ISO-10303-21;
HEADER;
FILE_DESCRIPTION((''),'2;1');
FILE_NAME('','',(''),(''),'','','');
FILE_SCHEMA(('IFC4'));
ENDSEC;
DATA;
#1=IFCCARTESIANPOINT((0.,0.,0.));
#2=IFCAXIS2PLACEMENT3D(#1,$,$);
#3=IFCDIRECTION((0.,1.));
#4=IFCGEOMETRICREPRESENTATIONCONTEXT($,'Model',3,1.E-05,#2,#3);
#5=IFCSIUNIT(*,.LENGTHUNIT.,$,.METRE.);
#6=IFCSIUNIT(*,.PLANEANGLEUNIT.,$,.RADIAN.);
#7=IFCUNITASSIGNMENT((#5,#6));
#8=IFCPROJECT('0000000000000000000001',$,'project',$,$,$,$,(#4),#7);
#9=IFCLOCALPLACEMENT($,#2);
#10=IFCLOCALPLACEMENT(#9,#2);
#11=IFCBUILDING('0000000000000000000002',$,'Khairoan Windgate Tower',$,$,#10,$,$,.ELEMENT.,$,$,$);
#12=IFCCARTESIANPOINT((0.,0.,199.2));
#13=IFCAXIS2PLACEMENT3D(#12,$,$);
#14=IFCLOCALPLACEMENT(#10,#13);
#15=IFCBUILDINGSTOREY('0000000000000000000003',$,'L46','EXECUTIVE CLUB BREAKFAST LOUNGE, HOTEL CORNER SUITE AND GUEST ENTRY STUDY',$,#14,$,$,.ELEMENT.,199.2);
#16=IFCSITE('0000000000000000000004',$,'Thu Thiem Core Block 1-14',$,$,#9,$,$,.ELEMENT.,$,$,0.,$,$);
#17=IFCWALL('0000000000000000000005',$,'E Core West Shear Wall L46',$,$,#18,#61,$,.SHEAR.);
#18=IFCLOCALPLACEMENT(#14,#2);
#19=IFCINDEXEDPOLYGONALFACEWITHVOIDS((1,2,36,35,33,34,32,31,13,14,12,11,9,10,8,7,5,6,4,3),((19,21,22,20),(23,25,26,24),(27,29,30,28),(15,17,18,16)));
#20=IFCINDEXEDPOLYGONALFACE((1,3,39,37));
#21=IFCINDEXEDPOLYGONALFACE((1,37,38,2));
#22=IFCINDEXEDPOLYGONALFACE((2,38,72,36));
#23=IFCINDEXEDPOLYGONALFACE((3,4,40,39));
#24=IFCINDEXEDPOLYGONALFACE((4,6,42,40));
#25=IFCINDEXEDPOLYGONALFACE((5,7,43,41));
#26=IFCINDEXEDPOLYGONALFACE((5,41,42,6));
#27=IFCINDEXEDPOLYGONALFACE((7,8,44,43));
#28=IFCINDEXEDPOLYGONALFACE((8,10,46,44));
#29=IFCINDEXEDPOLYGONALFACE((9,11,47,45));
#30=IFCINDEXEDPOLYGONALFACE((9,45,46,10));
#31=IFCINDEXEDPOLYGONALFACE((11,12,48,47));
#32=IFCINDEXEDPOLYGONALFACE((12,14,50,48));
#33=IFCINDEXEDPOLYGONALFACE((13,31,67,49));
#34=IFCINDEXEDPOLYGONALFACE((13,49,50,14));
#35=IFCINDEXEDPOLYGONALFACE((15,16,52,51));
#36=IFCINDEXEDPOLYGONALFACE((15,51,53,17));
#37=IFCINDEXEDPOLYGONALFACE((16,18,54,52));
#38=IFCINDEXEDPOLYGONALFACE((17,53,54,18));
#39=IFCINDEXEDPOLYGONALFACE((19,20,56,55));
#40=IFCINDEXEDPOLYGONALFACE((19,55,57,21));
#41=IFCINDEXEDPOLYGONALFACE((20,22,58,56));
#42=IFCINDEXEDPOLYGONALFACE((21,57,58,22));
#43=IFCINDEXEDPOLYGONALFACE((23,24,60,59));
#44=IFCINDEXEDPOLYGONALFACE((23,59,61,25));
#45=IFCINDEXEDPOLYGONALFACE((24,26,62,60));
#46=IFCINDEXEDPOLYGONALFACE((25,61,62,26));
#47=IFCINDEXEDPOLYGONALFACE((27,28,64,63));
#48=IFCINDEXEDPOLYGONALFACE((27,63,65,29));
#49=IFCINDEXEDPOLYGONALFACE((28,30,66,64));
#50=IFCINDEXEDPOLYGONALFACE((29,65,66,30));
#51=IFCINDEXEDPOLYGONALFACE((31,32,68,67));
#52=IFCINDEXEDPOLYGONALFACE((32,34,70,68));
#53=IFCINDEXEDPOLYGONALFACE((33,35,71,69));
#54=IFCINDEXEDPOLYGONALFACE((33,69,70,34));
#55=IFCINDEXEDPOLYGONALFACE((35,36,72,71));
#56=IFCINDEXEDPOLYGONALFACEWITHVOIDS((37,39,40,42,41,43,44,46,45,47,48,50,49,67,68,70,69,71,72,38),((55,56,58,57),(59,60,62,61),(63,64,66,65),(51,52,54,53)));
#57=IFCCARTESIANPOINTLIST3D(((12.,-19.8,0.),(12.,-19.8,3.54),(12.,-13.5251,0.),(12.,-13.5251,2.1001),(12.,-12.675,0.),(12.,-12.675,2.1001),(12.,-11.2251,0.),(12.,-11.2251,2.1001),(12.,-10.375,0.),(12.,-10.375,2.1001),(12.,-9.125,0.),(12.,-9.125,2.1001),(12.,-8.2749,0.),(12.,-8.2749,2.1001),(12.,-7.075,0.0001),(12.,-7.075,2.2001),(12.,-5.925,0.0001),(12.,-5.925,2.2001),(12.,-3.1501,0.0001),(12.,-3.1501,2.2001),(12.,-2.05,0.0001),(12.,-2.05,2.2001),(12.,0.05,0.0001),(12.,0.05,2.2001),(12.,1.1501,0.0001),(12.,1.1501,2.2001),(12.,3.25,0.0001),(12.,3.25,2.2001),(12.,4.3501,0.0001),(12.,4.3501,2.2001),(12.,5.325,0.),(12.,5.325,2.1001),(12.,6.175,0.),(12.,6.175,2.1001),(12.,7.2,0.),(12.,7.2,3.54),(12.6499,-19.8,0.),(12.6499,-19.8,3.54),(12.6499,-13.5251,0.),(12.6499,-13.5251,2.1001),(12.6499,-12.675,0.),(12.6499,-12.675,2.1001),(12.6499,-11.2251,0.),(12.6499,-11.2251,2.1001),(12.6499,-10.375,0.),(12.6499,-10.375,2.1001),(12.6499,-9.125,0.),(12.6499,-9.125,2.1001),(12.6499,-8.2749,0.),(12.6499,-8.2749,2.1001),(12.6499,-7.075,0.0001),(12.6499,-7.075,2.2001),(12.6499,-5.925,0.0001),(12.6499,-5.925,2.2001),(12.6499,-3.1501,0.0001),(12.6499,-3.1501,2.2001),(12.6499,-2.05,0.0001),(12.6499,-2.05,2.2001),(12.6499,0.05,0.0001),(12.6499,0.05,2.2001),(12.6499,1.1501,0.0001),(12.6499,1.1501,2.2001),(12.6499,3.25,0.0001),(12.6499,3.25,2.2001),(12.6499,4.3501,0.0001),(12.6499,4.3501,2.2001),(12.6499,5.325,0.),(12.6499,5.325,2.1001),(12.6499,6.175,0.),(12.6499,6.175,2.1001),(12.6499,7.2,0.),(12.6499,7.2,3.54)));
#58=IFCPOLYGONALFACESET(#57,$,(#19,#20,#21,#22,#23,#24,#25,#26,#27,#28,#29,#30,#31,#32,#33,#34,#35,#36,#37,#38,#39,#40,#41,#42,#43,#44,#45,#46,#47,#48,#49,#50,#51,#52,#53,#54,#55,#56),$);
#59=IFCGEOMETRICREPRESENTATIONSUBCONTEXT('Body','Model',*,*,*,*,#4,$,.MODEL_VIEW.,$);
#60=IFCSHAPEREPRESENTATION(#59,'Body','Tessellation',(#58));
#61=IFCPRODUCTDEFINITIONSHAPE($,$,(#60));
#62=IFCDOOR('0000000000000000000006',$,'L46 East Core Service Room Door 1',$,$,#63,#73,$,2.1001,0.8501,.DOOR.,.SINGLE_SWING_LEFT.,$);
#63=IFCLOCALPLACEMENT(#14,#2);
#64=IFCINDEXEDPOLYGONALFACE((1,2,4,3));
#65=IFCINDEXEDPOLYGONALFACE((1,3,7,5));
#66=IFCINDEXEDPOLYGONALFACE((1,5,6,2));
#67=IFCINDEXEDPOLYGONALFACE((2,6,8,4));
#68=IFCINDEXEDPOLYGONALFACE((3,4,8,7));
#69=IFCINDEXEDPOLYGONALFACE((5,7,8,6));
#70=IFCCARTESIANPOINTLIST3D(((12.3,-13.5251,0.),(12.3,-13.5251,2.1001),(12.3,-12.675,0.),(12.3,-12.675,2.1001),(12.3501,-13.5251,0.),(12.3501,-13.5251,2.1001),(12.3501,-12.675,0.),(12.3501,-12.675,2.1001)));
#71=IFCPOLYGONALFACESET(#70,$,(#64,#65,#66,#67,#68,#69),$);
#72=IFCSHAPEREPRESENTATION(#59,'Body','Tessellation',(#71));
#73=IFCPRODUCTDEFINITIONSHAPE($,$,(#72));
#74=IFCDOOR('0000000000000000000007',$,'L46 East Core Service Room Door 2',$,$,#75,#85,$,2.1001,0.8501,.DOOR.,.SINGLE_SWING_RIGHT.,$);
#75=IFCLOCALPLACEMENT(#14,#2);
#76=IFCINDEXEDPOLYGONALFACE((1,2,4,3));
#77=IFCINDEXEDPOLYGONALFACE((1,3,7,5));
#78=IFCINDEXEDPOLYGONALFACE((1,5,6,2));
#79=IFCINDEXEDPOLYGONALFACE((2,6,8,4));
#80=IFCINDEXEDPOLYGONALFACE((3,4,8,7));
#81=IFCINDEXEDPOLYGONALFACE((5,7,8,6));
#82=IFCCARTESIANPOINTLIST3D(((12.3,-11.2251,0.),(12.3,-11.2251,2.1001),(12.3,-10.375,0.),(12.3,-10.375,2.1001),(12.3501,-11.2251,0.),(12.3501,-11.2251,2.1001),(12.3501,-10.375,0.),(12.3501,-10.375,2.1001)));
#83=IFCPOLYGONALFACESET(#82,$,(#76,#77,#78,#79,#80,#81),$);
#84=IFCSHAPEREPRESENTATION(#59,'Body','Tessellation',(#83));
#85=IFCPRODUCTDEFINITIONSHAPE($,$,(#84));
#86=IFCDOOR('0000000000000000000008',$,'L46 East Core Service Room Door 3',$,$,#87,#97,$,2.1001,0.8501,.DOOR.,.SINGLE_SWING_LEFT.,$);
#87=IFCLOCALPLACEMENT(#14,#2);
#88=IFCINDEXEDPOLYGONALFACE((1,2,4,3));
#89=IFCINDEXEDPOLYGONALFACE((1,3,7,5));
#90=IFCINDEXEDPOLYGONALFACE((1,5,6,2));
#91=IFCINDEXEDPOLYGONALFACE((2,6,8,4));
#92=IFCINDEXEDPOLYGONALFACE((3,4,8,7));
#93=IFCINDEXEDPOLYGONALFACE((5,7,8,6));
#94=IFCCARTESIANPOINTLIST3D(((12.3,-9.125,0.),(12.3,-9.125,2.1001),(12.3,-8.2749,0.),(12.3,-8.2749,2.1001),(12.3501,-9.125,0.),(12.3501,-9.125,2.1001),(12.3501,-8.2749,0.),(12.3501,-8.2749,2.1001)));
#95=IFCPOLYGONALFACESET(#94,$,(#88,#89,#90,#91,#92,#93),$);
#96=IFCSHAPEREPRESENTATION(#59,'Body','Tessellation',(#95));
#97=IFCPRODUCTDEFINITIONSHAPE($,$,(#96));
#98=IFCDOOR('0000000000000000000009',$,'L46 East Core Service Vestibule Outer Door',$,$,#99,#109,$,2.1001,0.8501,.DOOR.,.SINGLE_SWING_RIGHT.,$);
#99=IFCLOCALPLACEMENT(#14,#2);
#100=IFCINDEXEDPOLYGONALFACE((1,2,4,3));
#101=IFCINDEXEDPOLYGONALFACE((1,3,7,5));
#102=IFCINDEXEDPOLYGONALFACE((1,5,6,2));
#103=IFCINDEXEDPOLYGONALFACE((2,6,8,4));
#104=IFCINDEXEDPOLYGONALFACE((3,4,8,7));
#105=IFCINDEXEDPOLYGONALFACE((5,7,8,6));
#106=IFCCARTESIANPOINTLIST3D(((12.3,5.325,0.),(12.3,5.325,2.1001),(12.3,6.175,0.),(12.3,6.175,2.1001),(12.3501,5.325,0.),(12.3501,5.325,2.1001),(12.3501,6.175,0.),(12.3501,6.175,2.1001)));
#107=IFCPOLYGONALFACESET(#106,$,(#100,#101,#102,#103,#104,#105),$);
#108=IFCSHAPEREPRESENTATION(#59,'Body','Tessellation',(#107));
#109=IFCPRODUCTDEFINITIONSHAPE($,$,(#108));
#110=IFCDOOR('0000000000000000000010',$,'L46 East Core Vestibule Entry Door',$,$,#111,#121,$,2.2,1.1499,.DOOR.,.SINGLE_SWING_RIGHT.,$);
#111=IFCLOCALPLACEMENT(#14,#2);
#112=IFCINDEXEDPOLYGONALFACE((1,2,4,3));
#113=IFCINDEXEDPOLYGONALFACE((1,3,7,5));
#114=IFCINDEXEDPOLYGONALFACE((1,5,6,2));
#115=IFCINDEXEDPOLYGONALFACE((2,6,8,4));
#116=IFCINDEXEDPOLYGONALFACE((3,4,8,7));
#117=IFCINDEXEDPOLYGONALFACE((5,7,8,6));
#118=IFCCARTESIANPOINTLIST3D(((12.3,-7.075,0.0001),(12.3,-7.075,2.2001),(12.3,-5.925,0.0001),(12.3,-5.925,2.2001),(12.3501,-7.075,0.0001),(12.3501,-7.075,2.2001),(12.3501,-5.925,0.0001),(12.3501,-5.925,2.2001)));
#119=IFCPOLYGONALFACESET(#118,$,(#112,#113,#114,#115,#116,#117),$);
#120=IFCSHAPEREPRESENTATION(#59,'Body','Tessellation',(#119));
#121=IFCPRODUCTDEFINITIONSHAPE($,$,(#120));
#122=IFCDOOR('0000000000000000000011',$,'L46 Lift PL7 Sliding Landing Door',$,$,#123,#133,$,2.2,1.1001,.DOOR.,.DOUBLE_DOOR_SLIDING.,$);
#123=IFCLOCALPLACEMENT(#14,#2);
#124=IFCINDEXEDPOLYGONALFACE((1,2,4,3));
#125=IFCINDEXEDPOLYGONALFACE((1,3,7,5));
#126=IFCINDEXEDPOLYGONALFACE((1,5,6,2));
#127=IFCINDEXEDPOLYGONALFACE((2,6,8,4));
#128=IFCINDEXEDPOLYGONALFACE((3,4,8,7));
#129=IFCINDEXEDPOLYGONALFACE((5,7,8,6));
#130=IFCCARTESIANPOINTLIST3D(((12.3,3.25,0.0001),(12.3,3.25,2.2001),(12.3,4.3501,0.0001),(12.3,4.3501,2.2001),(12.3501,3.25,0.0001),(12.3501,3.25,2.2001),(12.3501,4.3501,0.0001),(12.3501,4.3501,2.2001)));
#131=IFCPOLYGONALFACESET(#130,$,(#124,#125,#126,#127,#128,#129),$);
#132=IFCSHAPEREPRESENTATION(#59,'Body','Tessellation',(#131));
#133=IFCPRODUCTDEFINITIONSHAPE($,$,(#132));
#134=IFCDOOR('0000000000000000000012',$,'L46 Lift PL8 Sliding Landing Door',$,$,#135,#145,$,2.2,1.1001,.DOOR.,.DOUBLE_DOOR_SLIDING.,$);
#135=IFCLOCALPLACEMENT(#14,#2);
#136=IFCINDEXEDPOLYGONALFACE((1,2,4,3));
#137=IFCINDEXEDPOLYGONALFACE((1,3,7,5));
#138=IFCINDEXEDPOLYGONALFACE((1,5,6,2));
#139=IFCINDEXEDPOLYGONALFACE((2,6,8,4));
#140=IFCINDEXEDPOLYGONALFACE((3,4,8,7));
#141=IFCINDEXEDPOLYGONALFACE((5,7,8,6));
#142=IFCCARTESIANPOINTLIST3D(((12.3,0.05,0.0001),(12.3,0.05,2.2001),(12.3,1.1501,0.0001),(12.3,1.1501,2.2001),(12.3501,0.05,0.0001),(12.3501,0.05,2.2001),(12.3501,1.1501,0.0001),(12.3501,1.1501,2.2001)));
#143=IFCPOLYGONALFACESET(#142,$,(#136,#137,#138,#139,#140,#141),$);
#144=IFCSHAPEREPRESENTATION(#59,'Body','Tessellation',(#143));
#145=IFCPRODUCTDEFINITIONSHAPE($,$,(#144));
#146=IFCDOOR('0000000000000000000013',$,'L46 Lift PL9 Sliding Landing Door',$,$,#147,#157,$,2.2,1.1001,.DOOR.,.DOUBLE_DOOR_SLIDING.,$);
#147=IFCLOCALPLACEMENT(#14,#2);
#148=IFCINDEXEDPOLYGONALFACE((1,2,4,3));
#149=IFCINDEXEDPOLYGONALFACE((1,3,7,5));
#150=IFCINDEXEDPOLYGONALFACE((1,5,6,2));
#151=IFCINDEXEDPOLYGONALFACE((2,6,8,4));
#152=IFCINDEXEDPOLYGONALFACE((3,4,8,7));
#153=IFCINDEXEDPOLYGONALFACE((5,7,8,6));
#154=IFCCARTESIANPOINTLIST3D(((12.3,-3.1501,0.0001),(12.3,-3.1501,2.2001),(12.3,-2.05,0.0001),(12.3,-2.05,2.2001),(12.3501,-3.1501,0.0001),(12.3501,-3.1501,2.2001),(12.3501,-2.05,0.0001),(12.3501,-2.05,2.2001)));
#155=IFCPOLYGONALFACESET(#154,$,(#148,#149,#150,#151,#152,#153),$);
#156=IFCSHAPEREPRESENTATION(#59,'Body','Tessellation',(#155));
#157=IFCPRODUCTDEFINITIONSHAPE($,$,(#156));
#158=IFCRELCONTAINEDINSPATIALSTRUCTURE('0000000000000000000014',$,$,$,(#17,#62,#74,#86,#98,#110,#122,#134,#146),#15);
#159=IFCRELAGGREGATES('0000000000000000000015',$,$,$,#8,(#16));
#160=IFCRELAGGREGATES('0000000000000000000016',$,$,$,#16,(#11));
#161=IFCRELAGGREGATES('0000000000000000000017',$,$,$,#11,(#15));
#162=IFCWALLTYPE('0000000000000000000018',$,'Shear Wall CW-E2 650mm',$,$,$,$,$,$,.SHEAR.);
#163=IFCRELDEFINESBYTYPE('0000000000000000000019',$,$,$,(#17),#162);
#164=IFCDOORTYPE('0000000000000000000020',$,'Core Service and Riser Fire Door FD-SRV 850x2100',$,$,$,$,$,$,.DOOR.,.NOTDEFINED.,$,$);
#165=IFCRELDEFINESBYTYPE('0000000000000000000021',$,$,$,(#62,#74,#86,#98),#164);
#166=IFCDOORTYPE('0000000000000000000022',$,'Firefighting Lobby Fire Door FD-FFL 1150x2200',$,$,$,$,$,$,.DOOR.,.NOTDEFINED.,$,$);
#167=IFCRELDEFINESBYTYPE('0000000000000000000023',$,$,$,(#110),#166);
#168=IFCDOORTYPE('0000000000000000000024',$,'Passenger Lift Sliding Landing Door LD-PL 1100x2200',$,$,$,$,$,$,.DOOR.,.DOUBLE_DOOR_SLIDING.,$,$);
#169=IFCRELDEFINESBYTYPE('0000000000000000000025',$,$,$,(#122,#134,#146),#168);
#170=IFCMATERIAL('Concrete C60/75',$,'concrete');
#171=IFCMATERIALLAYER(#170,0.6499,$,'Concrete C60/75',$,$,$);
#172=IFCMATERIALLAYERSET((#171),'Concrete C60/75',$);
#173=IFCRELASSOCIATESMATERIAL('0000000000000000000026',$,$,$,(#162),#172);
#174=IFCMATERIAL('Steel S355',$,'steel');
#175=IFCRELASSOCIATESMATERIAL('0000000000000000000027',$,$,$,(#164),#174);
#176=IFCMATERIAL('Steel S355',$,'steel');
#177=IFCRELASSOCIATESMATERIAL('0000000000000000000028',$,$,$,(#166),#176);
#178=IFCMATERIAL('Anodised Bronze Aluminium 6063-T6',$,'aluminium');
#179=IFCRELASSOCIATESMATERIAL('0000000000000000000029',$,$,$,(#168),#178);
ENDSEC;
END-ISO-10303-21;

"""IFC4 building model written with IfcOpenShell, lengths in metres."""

from ifc_helpers import new_model, si_unit, direction, frame, frame_2d, origin, place, context, subcontext, project, spatial, rectangle, extrude, material, layer, layer_set, type_object, element, fill, save


model = new_model("IFC4")

# Units and contexts
model_context = context("Model", 3, precision=1e-05, world=origin(), true_north=direction((0.0, 1.0)))
body_context = subcontext(model_context, "Body", "Model", "MODEL_VIEW")
ifc_project = project(units=[si_unit("LENGTHUNIT", "METRE"), si_unit("PLANEANGLEUNIT", "RADIAN")], contexts=[model_context])

# Site, building, storey
site_placement = place(None, origin())
site = spatial("IfcSite", under=ifc_project, at=site_placement, Name="Thu Thiem Core Block 1-14", CompositionType="ELEMENT", RefElevation=0.0)
building_placement = place(site_placement, origin())
building = spatial("IfcBuilding", under=site, at=building_placement, Name="Khairoan Windgate Tower", CompositionType="ELEMENT")
storey_placement = place(building_placement, frame((0.0, 0.0, 199.2)))
storey = spatial("IfcBuildingStorey", under=building, at=storey_placement, Name="L46", Description="EXECUTIVE CLUB BREAKFAST LOUNGE, HOTEL CORNER SUITE AND GUEST ENTRY STUDY", CompositionType="ELEMENT", Elevation=199.2)

# Wall, openings, doors
ifc_material_1 = material(Name="Concrete C60/75", Category="concrete")
ifc_layer_1 = layer(ifc_material_1, 0.6499, Name="Concrete C60/75")
ifc_layer_set_1 = layer_set([ifc_layer_1], Name="Concrete C60/75")
wall_type_1 = type_object("IfcWallType", Name="Shear Wall CW-E2 650mm", PredefinedType="SHEAR", material=ifc_layer_set_1)
wall_1_placement = place(storey_placement, frame((12.325, -19.8, 0.0), z_axis=(0.0, 0.0, 1.0), x_axis=(0.0, 1.0, 0.0)))
wall_1 = element("IfcWall", 1, at=wall_1_placement, inside=storey, type_object=wall_type_1, Name="E Core West Shear Wall L46", PredefinedType="SHEAR", context=body_context, shape_type="SweptSolid", body=[
    extrude(rectangle(XDim=27.0, YDim=0.6499, at=frame_2d((13.5, 0.0))), origin(), (0.0, 0.0, 1.0), 3.54),
])
opening_1_placement = place(wall_1_placement, frame((23.05, 0.0, 0.0)))
opening_1 = element("IfcOpeningElement", 2, at=opening_1_placement, cuts=wall_1, PredefinedType="OPENING", context=body_context, shape_type="SweptSolid", body=[
    extrude(rectangle(XDim=1.1001, YDim=2.2, at=frame_2d((0.55, 1.1001))), frame((0.0, 0.335, 0.0), z_axis=(0.0, -1.0, 0.0), x_axis=(1.0, 0.0, 0.0)), (0.0, 0.0, 1.0), 0.6699),
])
opening_2_placement = place(wall_1_placement, frame((19.8501, 0.0, 0.0)))
opening_2 = element("IfcOpeningElement", 3, at=opening_2_placement, cuts=wall_1, PredefinedType="OPENING", context=body_context, shape_type="SweptSolid", body=[
    extrude(rectangle(XDim=1.1001, YDim=2.2, at=frame_2d((0.55, 1.1001))), frame((0.0, 0.335, 0.0), z_axis=(0.0, -1.0, 0.0), x_axis=(1.0, 0.0, 0.0)), (0.0, 0.0, 1.0), 0.6699),
])
opening_3_placement = place(wall_1_placement, frame((16.6499, 0.0, 0.0)))
opening_3 = element("IfcOpeningElement", 4, at=opening_3_placement, cuts=wall_1, PredefinedType="OPENING", context=body_context, shape_type="SweptSolid", body=[
    extrude(rectangle(XDim=1.1001, YDim=2.2, at=frame_2d((0.55, 1.1001))), frame((0.0, 0.335, 0.0), z_axis=(0.0, -1.0, 0.0), x_axis=(1.0, 0.0, 0.0)), (0.0, 0.0, 1.0), 0.6699),
])
opening_4_placement = place(wall_1_placement, frame((6.2749, 0.0, 0.0)))
opening_4 = element("IfcOpeningElement", 5, at=opening_4_placement, cuts=wall_1, PredefinedType="OPENING", context=body_context, shape_type="SweptSolid", body=[
    extrude(rectangle(XDim=0.8501, YDim=2.1001, at=frame_2d((0.425, 1.05))), frame((0.0, 0.335, 0.0), z_axis=(0.0, -1.0, 0.0), x_axis=(1.0, 0.0, 0.0)), (0.0, 0.0, 1.0), 0.6699),
])
opening_5_placement = place(wall_1_placement, frame((8.575, 0.0, 0.0)))
opening_5 = element("IfcOpeningElement", 6, at=opening_5_placement, cuts=wall_1, PredefinedType="OPENING", context=body_context, shape_type="SweptSolid", body=[
    extrude(rectangle(XDim=0.8501, YDim=2.1001, at=frame_2d((0.425, 1.05))), frame((0.0, 0.335, 0.0), z_axis=(0.0, -1.0, 0.0), x_axis=(1.0, 0.0, 0.0)), (0.0, 0.0, 1.0), 0.6699),
])
opening_6_placement = place(wall_1_placement, frame((10.675, 0.0, 0.0)))
opening_6 = element("IfcOpeningElement", 7, at=opening_6_placement, cuts=wall_1, PredefinedType="OPENING", context=body_context, shape_type="SweptSolid", body=[
    extrude(rectangle(XDim=0.8501, YDim=2.1001, at=frame_2d((0.425, 1.05))), frame((0.0, 0.335, 0.0), z_axis=(0.0, -1.0, 0.0), x_axis=(1.0, 0.0, 0.0)), (0.0, 0.0, 1.0), 0.6699),
])
opening_7_placement = place(wall_1_placement, frame((12.7251, 0.0, 0.0)))
opening_7 = element("IfcOpeningElement", 8, at=opening_7_placement, cuts=wall_1, PredefinedType="OPENING", context=body_context, shape_type="SweptSolid", body=[
    extrude(rectangle(XDim=1.1499, YDim=2.2, at=frame_2d((0.575, 1.1001))), frame((0.0, 0.335, 0.0), z_axis=(0.0, -1.0, 0.0), x_axis=(1.0, 0.0, 0.0)), (0.0, 0.0, 1.0), 0.6699),
])
opening_8_placement = place(wall_1_placement, frame((25.125, 0.0, 0.0)))
opening_8 = element("IfcOpeningElement", 9, at=opening_8_placement, cuts=wall_1, PredefinedType="OPENING", context=body_context, shape_type="SweptSolid", body=[
    extrude(rectangle(XDim=0.8501, YDim=2.1001, at=frame_2d((0.425, 1.05))), frame((0.0, 0.335, 0.0), z_axis=(0.0, -1.0, 0.0), x_axis=(1.0, 0.0, 0.0)), (0.0, 0.0, 1.0), 0.6699),
])
ifc_material_2 = material(Name="Steel S355", Category="steel")
door_type_1 = type_object("IfcDoorType", Name="Core Service and Riser Fire Door FD-SRV 850x2100", OperationType="NOTDEFINED", PredefinedType="DOOR", material=ifc_material_2)
door_1_placement = place(opening_4_placement, origin())
door_1 = element("IfcDoor", 10, at=door_1_placement, inside=storey, type_object=door_type_1, Name="L46 East Core Service Room Door 1", OperationType="SINGLE_SWING_LEFT", OverallHeight=2.1001, OverallWidth=0.8501, PredefinedType="DOOR", context=body_context, shape_type="SweptSolid", body=[
    extrude(rectangle(XDim=0.8501, YDim=2.1001, at=frame_2d((0.425, 1.05))), frame((0.0, 0.0249, 0.0), z_axis=(0.0, -1.0, 0.0), x_axis=(1.0, 0.0, 0.0)), (0.0, 0.0, 1.0), 0.05),
])
fill(opening_4, door_1)
door_2_placement = place(opening_5_placement, origin())
door_2 = element("IfcDoor", 11, at=door_2_placement, inside=storey, type_object=door_type_1, Name="L46 East Core Service Room Door 2", OperationType="SINGLE_SWING_RIGHT", OverallHeight=2.1001, OverallWidth=0.8501, PredefinedType="DOOR", context=body_context, shape_type="SweptSolid", body=[
    extrude(rectangle(XDim=0.8501, YDim=2.1001, at=frame_2d((0.425, 1.05))), frame((0.0, 0.0249, 0.0), z_axis=(0.0, -1.0, 0.0), x_axis=(1.0, 0.0, 0.0)), (0.0, 0.0, 1.0), 0.05),
])
fill(opening_5, door_2)
door_3_placement = place(opening_6_placement, origin())
door_3 = element("IfcDoor", 12, at=door_3_placement, inside=storey, type_object=door_type_1, Name="L46 East Core Service Room Door 3", OperationType="SINGLE_SWING_LEFT", OverallHeight=2.1001, OverallWidth=0.8501, PredefinedType="DOOR", context=body_context, shape_type="SweptSolid", body=[
    extrude(rectangle(XDim=0.8501, YDim=2.1001, at=frame_2d((0.425, 1.05))), frame((0.0, 0.0249, 0.0), z_axis=(0.0, -1.0, 0.0), x_axis=(1.0, 0.0, 0.0)), (0.0, 0.0, 1.0), 0.05),
])
fill(opening_6, door_3)
door_4_placement = place(opening_8_placement, origin())
door_4 = element("IfcDoor", 13, at=door_4_placement, inside=storey, type_object=door_type_1, Name="L46 East Core Service Vestibule Outer Door", OperationType="SINGLE_SWING_RIGHT", OverallHeight=2.1001, OverallWidth=0.8501, PredefinedType="DOOR", context=body_context, shape_type="SweptSolid", body=[
    extrude(rectangle(XDim=0.8501, YDim=2.1001, at=frame_2d((0.425, 1.05))), frame((0.0, 0.0249, 0.0), z_axis=(0.0, -1.0, 0.0), x_axis=(1.0, 0.0, 0.0)), (0.0, 0.0, 1.0), 0.05),
])
fill(opening_8, door_4)
ifc_material_3 = material(Name="Steel S355", Category="steel")
door_type_2 = type_object("IfcDoorType", Name="Firefighting Lobby Fire Door FD-FFL 1150x2200", OperationType="NOTDEFINED", PredefinedType="DOOR", material=ifc_material_3)
door_5_placement = place(opening_7_placement, origin())
door_5 = element("IfcDoor", 14, at=door_5_placement, inside=storey, type_object=door_type_2, Name="L46 East Core Vestibule Entry Door", OperationType="SINGLE_SWING_RIGHT", OverallHeight=2.2, OverallWidth=1.1499, PredefinedType="DOOR", context=body_context, shape_type="SweptSolid", body=[
    extrude(rectangle(XDim=1.1499, YDim=2.2, at=frame_2d((0.575, 1.1001))), frame((0.0, 0.0249, 0.0), z_axis=(0.0, -1.0, 0.0), x_axis=(1.0, 0.0, 0.0)), (0.0, 0.0, 1.0), 0.05),
])
fill(opening_7, door_5)
ifc_material_4 = material(Name="Anodised Bronze Aluminium 6063-T6", Category="aluminium")
door_type_3 = type_object("IfcDoorType", Name="Passenger Lift Sliding Landing Door LD-PL 1100x2200", OperationType="DOUBLE_DOOR_SLIDING", PredefinedType="DOOR", material=ifc_material_4)
door_6_placement = place(opening_1_placement, origin())
door_6 = element("IfcDoor", 15, at=door_6_placement, inside=storey, type_object=door_type_3, Name="L46 Lift PL7 Sliding Landing Door", OperationType="DOUBLE_DOOR_SLIDING", OverallHeight=2.2, OverallWidth=1.1001, PredefinedType="DOOR", context=body_context, shape_type="SweptSolid", body=[
    extrude(rectangle(XDim=1.1001, YDim=2.2, at=frame_2d((0.55, 1.1001))), frame((0.0, 0.0249, 0.0), z_axis=(0.0, -1.0, 0.0), x_axis=(1.0, 0.0, 0.0)), (0.0, 0.0, 1.0), 0.05),
])
fill(opening_1, door_6)
door_7_placement = place(opening_2_placement, origin())
door_7 = element("IfcDoor", 16, at=door_7_placement, inside=storey, type_object=door_type_3, Name="L46 Lift PL8 Sliding Landing Door", OperationType="DOUBLE_DOOR_SLIDING", OverallHeight=2.2, OverallWidth=1.1001, PredefinedType="DOOR", context=body_context, shape_type="SweptSolid", body=[
    extrude(rectangle(XDim=1.1001, YDim=2.2, at=frame_2d((0.55, 1.1001))), frame((0.0, 0.0249, 0.0), z_axis=(0.0, -1.0, 0.0), x_axis=(1.0, 0.0, 0.0)), (0.0, 0.0, 1.0), 0.05),
])
fill(opening_2, door_7)
door_8_placement = place(opening_3_placement, origin())
door_8 = element("IfcDoor", 17, at=door_8_placement, inside=storey, type_object=door_type_3, Name="L46 Lift PL9 Sliding Landing Door", OperationType="DOUBLE_DOOR_SLIDING", OverallHeight=2.2, OverallWidth=1.1001, PredefinedType="DOOR", context=body_context, shape_type="SweptSolid", body=[
    extrude(rectangle(XDim=1.1001, YDim=2.2, at=frame_2d((0.55, 1.1001))), frame((0.0, 0.0249, 0.0), z_axis=(0.0, -1.0, 0.0), x_axis=(1.0, 0.0, 0.0)), (0.0, 0.0, 1.0), 0.05),
])
fill(opening_3, door_8)

save(model, "model.ifc")
